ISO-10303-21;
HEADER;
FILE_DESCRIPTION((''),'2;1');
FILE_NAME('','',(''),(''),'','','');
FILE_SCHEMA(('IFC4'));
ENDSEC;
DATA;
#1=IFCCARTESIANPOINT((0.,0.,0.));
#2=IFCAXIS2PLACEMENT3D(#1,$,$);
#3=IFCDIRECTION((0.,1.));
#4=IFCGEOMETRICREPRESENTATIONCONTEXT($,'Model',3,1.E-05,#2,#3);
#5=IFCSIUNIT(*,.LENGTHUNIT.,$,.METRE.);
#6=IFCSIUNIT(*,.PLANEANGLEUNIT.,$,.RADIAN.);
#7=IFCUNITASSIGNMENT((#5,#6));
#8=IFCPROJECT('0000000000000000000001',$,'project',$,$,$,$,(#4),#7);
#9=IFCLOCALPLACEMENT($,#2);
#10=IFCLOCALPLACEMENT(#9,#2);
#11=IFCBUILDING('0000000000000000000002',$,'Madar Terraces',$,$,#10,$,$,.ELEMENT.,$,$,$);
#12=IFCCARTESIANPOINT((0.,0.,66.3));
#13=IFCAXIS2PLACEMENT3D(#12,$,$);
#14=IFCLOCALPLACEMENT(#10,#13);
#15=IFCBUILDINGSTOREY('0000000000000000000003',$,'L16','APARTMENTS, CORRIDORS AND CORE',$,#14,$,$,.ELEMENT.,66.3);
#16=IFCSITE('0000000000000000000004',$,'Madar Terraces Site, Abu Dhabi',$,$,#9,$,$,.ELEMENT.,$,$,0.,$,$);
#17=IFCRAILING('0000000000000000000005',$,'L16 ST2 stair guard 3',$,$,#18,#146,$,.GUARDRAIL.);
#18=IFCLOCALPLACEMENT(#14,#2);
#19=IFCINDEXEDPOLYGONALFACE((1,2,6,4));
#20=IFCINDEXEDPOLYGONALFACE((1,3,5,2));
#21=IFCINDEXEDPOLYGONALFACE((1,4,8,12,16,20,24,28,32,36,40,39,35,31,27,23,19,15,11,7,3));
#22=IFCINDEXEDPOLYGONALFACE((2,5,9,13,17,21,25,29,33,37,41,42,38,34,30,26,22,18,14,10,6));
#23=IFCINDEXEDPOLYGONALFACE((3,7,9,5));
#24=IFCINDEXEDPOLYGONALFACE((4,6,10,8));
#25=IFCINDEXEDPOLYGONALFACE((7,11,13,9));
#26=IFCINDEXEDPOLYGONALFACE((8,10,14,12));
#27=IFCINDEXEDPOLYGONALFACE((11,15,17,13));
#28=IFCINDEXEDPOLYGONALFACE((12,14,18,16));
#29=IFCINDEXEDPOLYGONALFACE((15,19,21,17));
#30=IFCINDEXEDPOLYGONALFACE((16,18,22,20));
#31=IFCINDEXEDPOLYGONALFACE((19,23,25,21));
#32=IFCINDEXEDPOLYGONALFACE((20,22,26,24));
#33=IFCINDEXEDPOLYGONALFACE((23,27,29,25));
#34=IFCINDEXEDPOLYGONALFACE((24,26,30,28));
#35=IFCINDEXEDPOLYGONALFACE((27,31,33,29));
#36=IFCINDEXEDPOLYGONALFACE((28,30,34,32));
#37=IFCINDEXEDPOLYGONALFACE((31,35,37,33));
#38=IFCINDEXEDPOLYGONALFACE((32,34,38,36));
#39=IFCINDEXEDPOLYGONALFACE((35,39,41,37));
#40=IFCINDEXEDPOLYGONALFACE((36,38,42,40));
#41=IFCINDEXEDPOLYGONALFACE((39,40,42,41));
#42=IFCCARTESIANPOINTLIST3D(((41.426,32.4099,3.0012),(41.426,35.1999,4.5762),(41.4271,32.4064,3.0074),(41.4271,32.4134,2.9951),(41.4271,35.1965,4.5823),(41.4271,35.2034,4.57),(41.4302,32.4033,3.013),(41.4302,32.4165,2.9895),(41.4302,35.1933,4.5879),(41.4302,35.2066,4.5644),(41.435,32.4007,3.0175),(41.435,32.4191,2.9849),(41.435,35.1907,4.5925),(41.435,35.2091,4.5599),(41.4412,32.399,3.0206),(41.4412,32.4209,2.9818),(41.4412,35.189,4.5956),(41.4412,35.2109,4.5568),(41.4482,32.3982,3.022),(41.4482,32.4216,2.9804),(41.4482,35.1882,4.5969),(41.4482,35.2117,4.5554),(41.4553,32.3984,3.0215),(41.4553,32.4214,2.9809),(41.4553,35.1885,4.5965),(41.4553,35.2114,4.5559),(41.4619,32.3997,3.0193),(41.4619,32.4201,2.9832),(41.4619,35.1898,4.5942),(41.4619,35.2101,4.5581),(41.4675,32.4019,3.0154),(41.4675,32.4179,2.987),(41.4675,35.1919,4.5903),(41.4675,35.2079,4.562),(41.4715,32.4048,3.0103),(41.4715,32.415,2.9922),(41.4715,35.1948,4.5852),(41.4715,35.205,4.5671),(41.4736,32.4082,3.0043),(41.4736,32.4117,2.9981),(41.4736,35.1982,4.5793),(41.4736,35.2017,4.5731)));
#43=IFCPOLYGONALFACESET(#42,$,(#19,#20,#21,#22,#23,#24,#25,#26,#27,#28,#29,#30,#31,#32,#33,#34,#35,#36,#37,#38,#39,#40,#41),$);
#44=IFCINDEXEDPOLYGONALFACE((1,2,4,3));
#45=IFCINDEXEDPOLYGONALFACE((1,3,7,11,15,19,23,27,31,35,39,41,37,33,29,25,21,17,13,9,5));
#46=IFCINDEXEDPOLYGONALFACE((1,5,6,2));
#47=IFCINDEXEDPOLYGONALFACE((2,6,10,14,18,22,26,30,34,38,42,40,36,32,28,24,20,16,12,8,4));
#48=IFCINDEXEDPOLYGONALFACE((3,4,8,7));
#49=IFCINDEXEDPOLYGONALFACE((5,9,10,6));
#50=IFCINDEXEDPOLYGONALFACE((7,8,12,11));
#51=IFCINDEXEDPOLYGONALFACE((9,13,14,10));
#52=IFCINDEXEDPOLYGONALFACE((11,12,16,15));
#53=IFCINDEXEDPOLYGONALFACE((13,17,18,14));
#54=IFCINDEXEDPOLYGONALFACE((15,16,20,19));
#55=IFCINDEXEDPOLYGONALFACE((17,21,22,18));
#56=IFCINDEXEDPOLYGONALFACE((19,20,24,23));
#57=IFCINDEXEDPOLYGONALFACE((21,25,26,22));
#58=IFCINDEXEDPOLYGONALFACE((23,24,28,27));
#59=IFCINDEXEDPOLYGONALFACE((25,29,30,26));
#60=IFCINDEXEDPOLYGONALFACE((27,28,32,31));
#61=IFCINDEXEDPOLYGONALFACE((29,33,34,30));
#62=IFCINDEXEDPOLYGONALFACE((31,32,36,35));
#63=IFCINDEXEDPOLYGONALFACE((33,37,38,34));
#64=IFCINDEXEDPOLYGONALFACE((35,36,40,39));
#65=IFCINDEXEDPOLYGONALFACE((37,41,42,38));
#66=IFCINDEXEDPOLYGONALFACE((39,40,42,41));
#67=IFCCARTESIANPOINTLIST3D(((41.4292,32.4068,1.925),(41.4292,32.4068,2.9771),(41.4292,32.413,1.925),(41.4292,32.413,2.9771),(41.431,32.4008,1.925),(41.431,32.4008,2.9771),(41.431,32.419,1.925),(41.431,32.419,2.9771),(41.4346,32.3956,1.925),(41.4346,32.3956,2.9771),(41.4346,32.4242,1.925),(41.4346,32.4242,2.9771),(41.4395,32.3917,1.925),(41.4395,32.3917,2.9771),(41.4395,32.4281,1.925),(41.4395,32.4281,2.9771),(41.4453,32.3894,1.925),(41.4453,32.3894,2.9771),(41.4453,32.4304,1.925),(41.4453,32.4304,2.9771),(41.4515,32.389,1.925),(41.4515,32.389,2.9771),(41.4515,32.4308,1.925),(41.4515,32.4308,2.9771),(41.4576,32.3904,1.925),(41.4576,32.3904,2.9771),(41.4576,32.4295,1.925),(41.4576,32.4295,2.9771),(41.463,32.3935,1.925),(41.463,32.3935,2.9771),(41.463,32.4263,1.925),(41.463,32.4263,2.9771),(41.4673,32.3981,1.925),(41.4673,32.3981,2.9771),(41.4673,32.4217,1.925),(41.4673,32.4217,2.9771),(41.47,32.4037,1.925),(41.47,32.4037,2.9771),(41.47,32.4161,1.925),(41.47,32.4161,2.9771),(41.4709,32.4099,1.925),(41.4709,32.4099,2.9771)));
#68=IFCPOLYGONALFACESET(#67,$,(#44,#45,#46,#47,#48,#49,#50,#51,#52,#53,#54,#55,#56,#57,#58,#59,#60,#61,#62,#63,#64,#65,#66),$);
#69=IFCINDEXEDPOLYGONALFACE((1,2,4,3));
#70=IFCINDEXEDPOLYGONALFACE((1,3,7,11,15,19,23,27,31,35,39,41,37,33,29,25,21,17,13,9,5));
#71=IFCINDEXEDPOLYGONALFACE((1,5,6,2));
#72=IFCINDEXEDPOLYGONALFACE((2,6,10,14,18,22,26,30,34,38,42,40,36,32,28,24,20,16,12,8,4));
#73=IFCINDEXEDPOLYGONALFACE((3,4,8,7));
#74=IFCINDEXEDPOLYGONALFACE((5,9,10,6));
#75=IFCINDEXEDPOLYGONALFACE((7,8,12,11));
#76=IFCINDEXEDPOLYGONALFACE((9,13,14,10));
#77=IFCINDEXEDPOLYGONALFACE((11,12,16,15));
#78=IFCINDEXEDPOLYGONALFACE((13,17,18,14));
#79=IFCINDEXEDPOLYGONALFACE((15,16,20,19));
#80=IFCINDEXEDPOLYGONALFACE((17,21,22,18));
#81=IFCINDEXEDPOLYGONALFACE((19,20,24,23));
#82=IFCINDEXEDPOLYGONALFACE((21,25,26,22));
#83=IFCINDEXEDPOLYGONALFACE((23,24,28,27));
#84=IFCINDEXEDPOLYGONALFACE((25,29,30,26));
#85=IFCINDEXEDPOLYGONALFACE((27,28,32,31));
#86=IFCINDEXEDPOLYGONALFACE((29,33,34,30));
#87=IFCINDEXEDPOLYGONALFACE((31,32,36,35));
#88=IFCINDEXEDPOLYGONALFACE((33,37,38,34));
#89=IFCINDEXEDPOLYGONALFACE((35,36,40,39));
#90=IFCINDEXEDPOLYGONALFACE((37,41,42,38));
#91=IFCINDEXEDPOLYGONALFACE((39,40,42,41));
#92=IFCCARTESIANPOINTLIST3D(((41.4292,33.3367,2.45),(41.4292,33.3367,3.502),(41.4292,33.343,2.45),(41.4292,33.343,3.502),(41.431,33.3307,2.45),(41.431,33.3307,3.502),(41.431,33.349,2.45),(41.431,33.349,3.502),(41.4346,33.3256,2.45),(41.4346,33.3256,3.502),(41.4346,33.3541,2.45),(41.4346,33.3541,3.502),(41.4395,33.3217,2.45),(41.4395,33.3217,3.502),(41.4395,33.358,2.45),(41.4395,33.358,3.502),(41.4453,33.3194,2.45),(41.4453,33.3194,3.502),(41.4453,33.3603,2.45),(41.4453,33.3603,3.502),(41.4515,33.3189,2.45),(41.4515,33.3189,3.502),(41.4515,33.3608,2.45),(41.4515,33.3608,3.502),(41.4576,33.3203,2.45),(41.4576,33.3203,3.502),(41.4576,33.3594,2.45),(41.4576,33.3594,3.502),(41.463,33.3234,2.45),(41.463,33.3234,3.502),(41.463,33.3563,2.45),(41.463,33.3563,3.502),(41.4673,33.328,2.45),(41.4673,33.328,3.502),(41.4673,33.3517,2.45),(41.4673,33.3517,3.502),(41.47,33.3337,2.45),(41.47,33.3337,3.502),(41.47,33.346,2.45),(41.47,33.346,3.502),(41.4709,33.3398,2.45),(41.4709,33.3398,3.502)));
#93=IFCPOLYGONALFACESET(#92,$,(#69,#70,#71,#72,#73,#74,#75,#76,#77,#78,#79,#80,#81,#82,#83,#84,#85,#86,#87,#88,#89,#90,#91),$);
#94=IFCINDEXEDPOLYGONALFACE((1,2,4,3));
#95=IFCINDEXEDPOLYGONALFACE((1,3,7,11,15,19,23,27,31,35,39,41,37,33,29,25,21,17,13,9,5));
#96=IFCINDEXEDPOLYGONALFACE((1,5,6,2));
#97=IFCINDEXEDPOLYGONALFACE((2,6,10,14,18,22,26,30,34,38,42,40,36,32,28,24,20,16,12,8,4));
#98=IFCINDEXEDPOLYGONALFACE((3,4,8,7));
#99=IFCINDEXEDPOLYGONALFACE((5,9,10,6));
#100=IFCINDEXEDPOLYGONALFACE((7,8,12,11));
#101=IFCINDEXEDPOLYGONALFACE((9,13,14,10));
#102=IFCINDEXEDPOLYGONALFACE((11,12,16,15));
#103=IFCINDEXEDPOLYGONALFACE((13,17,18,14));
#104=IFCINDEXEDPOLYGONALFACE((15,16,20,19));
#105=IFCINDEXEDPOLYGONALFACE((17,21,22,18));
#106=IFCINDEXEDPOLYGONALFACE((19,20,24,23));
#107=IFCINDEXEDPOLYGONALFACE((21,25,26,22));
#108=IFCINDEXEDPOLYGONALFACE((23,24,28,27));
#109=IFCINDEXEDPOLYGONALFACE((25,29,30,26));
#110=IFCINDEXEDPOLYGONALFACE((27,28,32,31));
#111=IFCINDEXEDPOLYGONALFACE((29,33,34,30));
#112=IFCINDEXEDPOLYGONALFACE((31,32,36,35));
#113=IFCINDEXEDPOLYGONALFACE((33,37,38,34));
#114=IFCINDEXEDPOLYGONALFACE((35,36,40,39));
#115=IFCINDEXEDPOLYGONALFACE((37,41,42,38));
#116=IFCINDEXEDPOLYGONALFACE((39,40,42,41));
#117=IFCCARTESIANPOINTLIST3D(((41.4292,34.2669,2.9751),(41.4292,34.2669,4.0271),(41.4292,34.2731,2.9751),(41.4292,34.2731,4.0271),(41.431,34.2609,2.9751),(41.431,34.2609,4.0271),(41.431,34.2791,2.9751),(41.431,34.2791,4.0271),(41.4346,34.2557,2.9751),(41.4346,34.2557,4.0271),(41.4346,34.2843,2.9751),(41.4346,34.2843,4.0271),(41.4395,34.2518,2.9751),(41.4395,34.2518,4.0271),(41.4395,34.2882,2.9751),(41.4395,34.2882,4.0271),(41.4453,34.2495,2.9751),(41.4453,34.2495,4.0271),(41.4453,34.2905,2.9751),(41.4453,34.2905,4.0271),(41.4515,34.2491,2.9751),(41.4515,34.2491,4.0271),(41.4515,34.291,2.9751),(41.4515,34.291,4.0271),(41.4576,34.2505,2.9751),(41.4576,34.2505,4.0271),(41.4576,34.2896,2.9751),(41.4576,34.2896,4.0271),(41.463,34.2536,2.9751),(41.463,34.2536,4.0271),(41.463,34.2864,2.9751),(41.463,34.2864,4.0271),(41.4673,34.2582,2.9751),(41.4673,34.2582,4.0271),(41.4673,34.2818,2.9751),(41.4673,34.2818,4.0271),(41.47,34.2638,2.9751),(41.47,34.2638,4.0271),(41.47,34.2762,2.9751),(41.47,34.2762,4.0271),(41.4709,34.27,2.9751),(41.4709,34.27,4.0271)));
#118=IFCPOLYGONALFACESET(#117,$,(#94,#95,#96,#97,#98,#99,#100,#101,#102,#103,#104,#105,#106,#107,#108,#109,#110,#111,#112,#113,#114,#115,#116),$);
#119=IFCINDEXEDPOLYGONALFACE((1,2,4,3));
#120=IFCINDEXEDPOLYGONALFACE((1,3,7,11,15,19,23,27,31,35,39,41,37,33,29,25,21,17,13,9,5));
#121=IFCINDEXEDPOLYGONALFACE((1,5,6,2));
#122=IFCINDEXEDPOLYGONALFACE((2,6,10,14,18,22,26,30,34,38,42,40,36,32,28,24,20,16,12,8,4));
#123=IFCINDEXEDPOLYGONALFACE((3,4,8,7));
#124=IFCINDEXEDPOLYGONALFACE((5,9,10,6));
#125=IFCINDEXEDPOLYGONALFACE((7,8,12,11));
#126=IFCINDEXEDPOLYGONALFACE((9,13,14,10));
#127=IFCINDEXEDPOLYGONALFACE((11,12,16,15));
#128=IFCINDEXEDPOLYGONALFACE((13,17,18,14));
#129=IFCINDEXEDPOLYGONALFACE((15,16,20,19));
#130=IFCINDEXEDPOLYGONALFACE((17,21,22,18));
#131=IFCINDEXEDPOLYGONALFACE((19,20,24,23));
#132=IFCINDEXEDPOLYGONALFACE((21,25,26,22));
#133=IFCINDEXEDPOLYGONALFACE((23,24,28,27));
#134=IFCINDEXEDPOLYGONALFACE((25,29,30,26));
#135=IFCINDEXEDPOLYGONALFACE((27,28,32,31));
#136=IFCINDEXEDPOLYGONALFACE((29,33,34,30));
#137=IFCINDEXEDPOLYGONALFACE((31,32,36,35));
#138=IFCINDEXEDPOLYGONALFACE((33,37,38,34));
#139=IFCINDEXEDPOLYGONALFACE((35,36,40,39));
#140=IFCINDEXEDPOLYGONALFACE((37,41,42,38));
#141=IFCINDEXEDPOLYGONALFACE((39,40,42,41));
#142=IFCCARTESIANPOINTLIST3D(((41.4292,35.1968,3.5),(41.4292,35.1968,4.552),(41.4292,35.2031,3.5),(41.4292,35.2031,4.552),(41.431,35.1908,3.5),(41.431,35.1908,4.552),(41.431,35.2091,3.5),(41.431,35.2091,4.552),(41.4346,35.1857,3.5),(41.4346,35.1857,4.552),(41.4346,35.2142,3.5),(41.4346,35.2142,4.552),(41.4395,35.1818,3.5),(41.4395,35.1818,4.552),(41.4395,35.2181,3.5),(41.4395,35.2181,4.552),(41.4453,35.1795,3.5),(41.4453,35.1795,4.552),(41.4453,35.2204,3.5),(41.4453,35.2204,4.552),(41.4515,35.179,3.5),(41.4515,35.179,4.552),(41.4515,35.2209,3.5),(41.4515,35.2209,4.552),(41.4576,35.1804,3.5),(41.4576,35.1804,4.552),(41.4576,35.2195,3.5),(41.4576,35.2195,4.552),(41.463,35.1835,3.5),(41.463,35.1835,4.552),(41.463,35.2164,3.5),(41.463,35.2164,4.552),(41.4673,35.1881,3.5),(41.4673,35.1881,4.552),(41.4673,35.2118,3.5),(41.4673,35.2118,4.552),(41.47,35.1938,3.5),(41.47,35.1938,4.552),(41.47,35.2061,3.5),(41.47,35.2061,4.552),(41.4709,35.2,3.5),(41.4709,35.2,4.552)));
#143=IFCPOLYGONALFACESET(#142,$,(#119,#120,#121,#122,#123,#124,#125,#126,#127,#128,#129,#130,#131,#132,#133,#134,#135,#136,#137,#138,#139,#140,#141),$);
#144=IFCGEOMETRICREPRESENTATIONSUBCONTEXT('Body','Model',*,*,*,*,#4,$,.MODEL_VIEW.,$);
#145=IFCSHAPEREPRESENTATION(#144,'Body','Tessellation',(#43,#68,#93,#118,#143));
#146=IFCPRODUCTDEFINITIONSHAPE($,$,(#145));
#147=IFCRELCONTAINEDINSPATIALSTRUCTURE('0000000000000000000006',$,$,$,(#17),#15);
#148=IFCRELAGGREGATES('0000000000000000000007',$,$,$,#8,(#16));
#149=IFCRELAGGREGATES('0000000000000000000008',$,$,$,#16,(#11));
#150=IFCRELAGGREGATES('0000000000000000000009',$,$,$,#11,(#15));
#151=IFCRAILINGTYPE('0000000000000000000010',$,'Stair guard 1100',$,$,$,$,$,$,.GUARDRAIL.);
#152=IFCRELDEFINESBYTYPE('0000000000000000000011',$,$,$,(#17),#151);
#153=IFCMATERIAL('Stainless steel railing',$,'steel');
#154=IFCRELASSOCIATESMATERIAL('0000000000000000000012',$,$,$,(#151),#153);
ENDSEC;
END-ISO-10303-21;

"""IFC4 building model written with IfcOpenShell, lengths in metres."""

from ifc_helpers import new_model, si_unit, direction, frame, origin, origin_2d, place, context, subcontext, project, spatial, circle, extrude, material, type_object, element, save


model = new_model("IFC4")

# Units and contexts
model_context = context("Model", 3, precision=1e-05, world=origin(), true_north=direction((0.0, 1.0)))
body_context = subcontext(model_context, "Body", "Model", "MODEL_VIEW")
ifc_project = project(units=[si_unit("LENGTHUNIT", "METRE"), si_unit("PLANEANGLEUNIT", "RADIAN")], contexts=[model_context])

# Site, building, storey
site_placement = place(None, origin())
site = spatial("IfcSite", under=ifc_project, at=site_placement, Name="Madar Terraces Site, Abu Dhabi", CompositionType="ELEMENT", RefElevation=0.0)
building_placement = place(site_placement, origin())
building = spatial("IfcBuilding", under=site, at=building_placement, Name="Madar Terraces", CompositionType="ELEMENT")
storey_placement = place(building_placement, frame((0.0, 0.0, 66.3)))
storey = spatial("IfcBuildingStorey", under=building, at=storey_placement, Name="L16", Description="APARTMENTS, CORRIDORS AND CORE", CompositionType="ELEMENT", Elevation=66.3)

# Railing
ifc_material_1 = material(Name="Stainless steel railing", Category="steel")
railing_type_1 = type_object("IfcRailingType", Name="Stair guard 1100", PredefinedType="GUARDRAIL", material=ifc_material_1)
railing_1_placement = place(storey_placement, frame((41.45, 32.4099, 1.925)))
element("IfcRailing", 1, at=railing_1_placement, inside=storey, type_object=railing_type_1, Name="L16 ST2 stair guard 3", PredefinedType="GUARDRAIL", context=body_context, shape_type="SweptSolid", body=[
    extrude(circle(Radius=0.0239, at=origin_2d()), frame((0.0, 0.0, 1.0762), z_axis=(0.0, 0.870834, 0.491578), x_axis=(-1.0, 0.0, 0.0)), (0.0, 0.0, 1.0), 3.2039),
    extrude(circle(Radius=0.021, at=origin_2d()), origin(), (0.0, 0.0, 1.0), 1.052),
    extrude(circle(Radius=0.021, at=origin_2d()), frame((0.0, 0.9299, 0.5249)), (0.0, 0.0, 1.0), 1.052),
    extrude(circle(Radius=0.021, at=origin_2d()), frame((0.0, 1.8601, 1.05)), (0.0, 0.0, 1.0), 1.052),
    extrude(circle(Radius=0.021, at=origin_2d()), frame((0.0, 2.79, 1.575)), (0.0, 0.0, 1.0), 1.052),
])

save(model, "model.ifc")
